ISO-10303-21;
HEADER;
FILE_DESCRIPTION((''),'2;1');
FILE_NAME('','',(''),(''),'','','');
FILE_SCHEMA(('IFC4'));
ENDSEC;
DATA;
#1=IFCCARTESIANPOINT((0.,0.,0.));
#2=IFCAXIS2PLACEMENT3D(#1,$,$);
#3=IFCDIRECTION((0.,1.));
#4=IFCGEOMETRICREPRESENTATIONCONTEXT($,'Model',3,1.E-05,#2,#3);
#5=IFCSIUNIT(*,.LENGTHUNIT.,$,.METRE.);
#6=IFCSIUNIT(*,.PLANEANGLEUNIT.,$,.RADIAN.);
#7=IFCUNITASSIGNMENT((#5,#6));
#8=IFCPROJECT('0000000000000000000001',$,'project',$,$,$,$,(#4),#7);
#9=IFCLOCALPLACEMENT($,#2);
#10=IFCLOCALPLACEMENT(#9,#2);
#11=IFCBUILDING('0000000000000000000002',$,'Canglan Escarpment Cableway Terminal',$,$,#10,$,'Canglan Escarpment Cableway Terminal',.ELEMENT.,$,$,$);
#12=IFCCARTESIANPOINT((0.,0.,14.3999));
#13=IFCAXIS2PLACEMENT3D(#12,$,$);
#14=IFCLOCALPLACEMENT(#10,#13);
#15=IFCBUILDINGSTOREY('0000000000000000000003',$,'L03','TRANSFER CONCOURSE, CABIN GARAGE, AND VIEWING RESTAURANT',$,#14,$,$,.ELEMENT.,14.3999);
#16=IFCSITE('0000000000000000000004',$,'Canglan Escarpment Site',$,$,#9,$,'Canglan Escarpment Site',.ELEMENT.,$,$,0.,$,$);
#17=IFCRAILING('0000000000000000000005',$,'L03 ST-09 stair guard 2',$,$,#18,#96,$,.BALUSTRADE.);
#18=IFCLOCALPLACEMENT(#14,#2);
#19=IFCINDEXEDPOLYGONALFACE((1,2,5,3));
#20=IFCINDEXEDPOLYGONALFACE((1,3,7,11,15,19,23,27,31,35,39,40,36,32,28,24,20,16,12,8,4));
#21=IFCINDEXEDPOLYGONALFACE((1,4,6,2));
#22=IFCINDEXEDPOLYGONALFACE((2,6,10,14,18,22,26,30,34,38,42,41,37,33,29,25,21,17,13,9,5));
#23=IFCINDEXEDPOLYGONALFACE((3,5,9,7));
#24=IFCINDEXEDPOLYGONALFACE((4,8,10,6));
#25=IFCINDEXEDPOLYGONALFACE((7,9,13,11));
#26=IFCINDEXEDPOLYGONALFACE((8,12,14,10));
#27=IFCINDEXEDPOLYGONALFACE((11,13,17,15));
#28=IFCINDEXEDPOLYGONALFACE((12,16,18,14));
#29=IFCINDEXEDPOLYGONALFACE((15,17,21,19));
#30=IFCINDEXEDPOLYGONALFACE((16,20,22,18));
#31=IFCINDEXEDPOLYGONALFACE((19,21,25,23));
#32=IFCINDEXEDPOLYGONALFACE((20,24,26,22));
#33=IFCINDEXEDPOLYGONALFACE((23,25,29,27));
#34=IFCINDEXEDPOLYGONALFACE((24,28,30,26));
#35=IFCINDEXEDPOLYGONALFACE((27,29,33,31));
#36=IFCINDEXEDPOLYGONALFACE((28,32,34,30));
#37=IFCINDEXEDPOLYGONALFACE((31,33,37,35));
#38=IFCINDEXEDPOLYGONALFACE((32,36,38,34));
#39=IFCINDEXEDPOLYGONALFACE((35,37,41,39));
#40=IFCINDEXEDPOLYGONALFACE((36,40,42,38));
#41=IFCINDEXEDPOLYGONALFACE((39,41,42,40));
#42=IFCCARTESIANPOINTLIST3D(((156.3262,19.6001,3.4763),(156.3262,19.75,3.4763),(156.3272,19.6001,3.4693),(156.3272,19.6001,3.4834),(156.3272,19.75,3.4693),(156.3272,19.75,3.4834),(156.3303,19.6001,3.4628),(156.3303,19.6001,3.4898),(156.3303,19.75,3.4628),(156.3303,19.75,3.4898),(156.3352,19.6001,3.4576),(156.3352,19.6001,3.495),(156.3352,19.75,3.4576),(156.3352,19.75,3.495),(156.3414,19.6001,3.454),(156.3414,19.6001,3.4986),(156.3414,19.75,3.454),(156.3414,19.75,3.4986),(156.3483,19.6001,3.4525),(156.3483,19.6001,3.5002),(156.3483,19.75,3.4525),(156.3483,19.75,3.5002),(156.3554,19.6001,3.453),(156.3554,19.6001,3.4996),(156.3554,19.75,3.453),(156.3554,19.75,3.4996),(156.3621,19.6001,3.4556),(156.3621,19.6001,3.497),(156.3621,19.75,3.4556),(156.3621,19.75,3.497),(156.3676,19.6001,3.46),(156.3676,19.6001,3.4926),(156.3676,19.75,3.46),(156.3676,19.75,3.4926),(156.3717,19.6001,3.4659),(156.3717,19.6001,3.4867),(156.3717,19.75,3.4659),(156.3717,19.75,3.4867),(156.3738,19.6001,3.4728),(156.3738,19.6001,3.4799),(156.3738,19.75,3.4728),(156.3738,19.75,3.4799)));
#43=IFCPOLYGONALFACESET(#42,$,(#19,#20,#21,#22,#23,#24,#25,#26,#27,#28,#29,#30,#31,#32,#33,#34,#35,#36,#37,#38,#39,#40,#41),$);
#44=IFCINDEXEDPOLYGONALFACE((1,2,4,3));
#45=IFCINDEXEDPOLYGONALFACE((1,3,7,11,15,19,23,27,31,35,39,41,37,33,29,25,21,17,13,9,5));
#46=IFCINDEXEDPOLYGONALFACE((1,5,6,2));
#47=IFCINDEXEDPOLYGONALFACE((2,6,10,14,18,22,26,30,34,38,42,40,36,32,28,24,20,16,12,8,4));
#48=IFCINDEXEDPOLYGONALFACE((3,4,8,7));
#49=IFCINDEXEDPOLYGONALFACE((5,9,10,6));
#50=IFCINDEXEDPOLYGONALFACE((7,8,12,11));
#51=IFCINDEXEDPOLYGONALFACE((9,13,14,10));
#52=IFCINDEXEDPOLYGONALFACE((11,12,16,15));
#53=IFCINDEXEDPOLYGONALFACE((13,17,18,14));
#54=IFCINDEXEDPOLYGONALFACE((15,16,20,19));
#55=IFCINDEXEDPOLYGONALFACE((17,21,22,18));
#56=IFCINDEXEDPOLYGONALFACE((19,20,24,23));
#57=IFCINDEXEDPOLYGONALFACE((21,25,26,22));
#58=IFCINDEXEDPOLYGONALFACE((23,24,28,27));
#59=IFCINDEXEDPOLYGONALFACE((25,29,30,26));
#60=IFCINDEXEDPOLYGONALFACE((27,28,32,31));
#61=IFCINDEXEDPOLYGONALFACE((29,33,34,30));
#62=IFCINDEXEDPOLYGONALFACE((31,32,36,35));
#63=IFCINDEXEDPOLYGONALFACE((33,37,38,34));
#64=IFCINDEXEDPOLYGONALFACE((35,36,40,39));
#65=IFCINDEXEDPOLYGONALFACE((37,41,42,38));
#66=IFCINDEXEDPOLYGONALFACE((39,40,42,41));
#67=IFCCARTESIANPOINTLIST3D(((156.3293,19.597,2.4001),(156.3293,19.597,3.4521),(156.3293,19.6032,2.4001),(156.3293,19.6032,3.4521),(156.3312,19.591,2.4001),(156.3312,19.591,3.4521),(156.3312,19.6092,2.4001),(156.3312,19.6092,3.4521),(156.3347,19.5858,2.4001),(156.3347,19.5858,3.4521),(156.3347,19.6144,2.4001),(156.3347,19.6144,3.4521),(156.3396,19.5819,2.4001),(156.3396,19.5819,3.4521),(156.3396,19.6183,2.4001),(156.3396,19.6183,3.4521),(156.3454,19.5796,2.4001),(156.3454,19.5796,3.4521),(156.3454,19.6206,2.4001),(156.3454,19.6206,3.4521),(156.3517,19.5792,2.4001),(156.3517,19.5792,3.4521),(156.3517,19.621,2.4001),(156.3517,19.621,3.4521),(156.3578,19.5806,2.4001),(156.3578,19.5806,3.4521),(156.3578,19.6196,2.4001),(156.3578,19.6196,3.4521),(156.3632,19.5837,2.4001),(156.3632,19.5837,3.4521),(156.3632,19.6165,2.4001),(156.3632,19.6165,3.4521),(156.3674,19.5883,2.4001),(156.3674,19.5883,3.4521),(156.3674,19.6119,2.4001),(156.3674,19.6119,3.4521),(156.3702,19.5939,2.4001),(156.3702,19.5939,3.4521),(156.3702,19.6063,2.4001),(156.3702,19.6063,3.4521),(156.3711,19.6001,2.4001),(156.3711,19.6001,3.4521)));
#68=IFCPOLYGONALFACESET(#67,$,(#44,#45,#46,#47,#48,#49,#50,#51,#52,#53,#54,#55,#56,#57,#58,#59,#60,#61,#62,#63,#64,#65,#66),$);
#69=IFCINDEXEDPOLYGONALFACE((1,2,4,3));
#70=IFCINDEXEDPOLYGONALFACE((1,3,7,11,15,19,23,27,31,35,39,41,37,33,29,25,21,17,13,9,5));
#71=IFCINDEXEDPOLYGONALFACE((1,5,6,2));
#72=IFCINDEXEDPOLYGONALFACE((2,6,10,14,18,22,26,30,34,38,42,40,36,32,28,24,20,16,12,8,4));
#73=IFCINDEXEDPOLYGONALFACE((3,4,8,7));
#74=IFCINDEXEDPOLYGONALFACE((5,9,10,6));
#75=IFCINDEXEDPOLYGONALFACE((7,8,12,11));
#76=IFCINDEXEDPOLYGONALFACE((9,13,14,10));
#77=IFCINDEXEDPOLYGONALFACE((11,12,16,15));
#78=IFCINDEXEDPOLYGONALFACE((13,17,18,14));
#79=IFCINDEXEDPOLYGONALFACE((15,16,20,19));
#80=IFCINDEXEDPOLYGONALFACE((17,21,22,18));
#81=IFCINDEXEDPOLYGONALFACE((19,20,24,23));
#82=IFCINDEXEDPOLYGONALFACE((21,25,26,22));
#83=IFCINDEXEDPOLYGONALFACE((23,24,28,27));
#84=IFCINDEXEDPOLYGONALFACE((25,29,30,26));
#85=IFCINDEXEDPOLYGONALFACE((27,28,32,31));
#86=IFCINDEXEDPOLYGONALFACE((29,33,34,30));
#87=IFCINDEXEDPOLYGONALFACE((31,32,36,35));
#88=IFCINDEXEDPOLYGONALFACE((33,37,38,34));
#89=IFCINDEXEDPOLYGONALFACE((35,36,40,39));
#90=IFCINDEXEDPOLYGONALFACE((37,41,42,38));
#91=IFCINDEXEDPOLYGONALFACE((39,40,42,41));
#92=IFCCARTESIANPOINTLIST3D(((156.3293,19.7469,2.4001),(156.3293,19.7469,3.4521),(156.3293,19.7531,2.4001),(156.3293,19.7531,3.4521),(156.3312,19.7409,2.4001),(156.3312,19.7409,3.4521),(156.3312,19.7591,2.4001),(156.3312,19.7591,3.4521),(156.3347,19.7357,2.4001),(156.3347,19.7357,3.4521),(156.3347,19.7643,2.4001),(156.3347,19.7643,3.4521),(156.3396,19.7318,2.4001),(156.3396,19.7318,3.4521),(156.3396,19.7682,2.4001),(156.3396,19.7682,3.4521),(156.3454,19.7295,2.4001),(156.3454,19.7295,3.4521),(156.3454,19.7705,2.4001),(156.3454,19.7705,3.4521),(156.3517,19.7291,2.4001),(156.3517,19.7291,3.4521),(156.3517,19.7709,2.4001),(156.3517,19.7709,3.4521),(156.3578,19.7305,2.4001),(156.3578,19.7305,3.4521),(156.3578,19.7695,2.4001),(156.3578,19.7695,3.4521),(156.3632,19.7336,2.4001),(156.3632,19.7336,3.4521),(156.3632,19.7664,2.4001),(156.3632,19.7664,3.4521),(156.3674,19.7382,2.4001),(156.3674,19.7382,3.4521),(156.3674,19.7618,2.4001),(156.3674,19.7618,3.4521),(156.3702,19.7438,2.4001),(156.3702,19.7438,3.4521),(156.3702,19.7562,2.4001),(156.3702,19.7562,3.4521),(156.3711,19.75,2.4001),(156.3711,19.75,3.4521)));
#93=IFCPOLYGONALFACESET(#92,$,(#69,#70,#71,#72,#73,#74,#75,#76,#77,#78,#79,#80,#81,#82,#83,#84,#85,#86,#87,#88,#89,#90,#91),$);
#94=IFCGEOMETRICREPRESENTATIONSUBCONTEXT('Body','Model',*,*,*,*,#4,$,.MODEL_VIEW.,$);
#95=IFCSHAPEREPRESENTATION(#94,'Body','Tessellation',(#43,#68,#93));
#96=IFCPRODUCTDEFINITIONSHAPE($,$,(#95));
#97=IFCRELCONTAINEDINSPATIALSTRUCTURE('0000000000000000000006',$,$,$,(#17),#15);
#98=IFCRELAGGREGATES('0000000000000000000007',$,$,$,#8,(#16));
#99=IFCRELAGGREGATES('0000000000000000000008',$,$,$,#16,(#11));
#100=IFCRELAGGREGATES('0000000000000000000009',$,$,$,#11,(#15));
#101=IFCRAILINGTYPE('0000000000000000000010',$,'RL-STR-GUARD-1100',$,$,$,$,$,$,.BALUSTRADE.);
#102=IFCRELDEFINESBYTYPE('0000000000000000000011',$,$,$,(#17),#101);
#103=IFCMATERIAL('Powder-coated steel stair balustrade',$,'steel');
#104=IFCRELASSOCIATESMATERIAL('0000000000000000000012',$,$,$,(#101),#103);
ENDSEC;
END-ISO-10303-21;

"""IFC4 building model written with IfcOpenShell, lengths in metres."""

from ifc_helpers import new_model, si_unit, direction, frame, origin, origin_2d, place, context, subcontext, project, spatial, circle, extrude, material, type_object, element, save


model = new_model("IFC4")

# Units and contexts
model_context = context("Model", 3, precision=1e-05, world=origin(), true_north=direction((0.0, 1.0)))
body_context = subcontext(model_context, "Body", "Model", "MODEL_VIEW")
ifc_project = project(units=[si_unit("LENGTHUNIT", "METRE"), si_unit("PLANEANGLEUNIT", "RADIAN")], contexts=[model_context])

# Site, building, storey
site_placement = place(None, origin())
site = spatial("IfcSite", under=ifc_project, at=site_placement, Name="Canglan Escarpment Site", LongName="Canglan Escarpment Site", CompositionType="ELEMENT", RefElevation=0.0)
building_placement = place(site_placement, origin())
building = spatial("IfcBuilding", under=site, at=building_placement, Name="Canglan Escarpment Cableway Terminal", LongName="Canglan Escarpment Cableway Terminal", CompositionType="ELEMENT")
storey_placement = place(building_placement, frame((0.0, 0.0, 14.3999)))
storey = spatial("IfcBuildingStorey", under=building, at=storey_placement, Name="L03", Description="TRANSFER CONCOURSE, CABIN GARAGE, AND VIEWING RESTAURANT", CompositionType="ELEMENT", Elevation=14.3999)

# Railing
ifc_material_1 = material(Name="Powder-coated steel stair balustrade", Category="steel")
railing_type_1 = type_object("IfcRailingType", Name="RL-STR-GUARD-1100", PredefinedType="BALUSTRADE", material=ifc_material_1)
railing_1_placement = place(storey_placement, frame((156.3501, 19.6001, 2.4001)))
element("IfcRailing", 1, at=railing_1_placement, inside=storey, type_object=railing_type_1, Name="L03 ST-09 stair guard 2", PredefinedType="BALUSTRADE", context=body_context, shape_type="SweptSolid", body=[
    extrude(circle(Radius=0.0239, at=origin_2d()), frame((0.0, 0.0, 1.0762), z_axis=(0.0, 1.0, 0.0), x_axis=(-1.0, 0.0, 0.0)), (0.0, 0.0, 1.0), 0.1499),
    extrude(circle(Radius=0.021, at=origin_2d()), origin(), (0.0, 0.0, 1.0), 1.052),
    extrude(circle(Radius=0.021, at=origin_2d()), frame((0.0, 0.1499, 0.0)), (0.0, 0.0, 1.0), 1.052),
])

save(model, "model.ifc")
